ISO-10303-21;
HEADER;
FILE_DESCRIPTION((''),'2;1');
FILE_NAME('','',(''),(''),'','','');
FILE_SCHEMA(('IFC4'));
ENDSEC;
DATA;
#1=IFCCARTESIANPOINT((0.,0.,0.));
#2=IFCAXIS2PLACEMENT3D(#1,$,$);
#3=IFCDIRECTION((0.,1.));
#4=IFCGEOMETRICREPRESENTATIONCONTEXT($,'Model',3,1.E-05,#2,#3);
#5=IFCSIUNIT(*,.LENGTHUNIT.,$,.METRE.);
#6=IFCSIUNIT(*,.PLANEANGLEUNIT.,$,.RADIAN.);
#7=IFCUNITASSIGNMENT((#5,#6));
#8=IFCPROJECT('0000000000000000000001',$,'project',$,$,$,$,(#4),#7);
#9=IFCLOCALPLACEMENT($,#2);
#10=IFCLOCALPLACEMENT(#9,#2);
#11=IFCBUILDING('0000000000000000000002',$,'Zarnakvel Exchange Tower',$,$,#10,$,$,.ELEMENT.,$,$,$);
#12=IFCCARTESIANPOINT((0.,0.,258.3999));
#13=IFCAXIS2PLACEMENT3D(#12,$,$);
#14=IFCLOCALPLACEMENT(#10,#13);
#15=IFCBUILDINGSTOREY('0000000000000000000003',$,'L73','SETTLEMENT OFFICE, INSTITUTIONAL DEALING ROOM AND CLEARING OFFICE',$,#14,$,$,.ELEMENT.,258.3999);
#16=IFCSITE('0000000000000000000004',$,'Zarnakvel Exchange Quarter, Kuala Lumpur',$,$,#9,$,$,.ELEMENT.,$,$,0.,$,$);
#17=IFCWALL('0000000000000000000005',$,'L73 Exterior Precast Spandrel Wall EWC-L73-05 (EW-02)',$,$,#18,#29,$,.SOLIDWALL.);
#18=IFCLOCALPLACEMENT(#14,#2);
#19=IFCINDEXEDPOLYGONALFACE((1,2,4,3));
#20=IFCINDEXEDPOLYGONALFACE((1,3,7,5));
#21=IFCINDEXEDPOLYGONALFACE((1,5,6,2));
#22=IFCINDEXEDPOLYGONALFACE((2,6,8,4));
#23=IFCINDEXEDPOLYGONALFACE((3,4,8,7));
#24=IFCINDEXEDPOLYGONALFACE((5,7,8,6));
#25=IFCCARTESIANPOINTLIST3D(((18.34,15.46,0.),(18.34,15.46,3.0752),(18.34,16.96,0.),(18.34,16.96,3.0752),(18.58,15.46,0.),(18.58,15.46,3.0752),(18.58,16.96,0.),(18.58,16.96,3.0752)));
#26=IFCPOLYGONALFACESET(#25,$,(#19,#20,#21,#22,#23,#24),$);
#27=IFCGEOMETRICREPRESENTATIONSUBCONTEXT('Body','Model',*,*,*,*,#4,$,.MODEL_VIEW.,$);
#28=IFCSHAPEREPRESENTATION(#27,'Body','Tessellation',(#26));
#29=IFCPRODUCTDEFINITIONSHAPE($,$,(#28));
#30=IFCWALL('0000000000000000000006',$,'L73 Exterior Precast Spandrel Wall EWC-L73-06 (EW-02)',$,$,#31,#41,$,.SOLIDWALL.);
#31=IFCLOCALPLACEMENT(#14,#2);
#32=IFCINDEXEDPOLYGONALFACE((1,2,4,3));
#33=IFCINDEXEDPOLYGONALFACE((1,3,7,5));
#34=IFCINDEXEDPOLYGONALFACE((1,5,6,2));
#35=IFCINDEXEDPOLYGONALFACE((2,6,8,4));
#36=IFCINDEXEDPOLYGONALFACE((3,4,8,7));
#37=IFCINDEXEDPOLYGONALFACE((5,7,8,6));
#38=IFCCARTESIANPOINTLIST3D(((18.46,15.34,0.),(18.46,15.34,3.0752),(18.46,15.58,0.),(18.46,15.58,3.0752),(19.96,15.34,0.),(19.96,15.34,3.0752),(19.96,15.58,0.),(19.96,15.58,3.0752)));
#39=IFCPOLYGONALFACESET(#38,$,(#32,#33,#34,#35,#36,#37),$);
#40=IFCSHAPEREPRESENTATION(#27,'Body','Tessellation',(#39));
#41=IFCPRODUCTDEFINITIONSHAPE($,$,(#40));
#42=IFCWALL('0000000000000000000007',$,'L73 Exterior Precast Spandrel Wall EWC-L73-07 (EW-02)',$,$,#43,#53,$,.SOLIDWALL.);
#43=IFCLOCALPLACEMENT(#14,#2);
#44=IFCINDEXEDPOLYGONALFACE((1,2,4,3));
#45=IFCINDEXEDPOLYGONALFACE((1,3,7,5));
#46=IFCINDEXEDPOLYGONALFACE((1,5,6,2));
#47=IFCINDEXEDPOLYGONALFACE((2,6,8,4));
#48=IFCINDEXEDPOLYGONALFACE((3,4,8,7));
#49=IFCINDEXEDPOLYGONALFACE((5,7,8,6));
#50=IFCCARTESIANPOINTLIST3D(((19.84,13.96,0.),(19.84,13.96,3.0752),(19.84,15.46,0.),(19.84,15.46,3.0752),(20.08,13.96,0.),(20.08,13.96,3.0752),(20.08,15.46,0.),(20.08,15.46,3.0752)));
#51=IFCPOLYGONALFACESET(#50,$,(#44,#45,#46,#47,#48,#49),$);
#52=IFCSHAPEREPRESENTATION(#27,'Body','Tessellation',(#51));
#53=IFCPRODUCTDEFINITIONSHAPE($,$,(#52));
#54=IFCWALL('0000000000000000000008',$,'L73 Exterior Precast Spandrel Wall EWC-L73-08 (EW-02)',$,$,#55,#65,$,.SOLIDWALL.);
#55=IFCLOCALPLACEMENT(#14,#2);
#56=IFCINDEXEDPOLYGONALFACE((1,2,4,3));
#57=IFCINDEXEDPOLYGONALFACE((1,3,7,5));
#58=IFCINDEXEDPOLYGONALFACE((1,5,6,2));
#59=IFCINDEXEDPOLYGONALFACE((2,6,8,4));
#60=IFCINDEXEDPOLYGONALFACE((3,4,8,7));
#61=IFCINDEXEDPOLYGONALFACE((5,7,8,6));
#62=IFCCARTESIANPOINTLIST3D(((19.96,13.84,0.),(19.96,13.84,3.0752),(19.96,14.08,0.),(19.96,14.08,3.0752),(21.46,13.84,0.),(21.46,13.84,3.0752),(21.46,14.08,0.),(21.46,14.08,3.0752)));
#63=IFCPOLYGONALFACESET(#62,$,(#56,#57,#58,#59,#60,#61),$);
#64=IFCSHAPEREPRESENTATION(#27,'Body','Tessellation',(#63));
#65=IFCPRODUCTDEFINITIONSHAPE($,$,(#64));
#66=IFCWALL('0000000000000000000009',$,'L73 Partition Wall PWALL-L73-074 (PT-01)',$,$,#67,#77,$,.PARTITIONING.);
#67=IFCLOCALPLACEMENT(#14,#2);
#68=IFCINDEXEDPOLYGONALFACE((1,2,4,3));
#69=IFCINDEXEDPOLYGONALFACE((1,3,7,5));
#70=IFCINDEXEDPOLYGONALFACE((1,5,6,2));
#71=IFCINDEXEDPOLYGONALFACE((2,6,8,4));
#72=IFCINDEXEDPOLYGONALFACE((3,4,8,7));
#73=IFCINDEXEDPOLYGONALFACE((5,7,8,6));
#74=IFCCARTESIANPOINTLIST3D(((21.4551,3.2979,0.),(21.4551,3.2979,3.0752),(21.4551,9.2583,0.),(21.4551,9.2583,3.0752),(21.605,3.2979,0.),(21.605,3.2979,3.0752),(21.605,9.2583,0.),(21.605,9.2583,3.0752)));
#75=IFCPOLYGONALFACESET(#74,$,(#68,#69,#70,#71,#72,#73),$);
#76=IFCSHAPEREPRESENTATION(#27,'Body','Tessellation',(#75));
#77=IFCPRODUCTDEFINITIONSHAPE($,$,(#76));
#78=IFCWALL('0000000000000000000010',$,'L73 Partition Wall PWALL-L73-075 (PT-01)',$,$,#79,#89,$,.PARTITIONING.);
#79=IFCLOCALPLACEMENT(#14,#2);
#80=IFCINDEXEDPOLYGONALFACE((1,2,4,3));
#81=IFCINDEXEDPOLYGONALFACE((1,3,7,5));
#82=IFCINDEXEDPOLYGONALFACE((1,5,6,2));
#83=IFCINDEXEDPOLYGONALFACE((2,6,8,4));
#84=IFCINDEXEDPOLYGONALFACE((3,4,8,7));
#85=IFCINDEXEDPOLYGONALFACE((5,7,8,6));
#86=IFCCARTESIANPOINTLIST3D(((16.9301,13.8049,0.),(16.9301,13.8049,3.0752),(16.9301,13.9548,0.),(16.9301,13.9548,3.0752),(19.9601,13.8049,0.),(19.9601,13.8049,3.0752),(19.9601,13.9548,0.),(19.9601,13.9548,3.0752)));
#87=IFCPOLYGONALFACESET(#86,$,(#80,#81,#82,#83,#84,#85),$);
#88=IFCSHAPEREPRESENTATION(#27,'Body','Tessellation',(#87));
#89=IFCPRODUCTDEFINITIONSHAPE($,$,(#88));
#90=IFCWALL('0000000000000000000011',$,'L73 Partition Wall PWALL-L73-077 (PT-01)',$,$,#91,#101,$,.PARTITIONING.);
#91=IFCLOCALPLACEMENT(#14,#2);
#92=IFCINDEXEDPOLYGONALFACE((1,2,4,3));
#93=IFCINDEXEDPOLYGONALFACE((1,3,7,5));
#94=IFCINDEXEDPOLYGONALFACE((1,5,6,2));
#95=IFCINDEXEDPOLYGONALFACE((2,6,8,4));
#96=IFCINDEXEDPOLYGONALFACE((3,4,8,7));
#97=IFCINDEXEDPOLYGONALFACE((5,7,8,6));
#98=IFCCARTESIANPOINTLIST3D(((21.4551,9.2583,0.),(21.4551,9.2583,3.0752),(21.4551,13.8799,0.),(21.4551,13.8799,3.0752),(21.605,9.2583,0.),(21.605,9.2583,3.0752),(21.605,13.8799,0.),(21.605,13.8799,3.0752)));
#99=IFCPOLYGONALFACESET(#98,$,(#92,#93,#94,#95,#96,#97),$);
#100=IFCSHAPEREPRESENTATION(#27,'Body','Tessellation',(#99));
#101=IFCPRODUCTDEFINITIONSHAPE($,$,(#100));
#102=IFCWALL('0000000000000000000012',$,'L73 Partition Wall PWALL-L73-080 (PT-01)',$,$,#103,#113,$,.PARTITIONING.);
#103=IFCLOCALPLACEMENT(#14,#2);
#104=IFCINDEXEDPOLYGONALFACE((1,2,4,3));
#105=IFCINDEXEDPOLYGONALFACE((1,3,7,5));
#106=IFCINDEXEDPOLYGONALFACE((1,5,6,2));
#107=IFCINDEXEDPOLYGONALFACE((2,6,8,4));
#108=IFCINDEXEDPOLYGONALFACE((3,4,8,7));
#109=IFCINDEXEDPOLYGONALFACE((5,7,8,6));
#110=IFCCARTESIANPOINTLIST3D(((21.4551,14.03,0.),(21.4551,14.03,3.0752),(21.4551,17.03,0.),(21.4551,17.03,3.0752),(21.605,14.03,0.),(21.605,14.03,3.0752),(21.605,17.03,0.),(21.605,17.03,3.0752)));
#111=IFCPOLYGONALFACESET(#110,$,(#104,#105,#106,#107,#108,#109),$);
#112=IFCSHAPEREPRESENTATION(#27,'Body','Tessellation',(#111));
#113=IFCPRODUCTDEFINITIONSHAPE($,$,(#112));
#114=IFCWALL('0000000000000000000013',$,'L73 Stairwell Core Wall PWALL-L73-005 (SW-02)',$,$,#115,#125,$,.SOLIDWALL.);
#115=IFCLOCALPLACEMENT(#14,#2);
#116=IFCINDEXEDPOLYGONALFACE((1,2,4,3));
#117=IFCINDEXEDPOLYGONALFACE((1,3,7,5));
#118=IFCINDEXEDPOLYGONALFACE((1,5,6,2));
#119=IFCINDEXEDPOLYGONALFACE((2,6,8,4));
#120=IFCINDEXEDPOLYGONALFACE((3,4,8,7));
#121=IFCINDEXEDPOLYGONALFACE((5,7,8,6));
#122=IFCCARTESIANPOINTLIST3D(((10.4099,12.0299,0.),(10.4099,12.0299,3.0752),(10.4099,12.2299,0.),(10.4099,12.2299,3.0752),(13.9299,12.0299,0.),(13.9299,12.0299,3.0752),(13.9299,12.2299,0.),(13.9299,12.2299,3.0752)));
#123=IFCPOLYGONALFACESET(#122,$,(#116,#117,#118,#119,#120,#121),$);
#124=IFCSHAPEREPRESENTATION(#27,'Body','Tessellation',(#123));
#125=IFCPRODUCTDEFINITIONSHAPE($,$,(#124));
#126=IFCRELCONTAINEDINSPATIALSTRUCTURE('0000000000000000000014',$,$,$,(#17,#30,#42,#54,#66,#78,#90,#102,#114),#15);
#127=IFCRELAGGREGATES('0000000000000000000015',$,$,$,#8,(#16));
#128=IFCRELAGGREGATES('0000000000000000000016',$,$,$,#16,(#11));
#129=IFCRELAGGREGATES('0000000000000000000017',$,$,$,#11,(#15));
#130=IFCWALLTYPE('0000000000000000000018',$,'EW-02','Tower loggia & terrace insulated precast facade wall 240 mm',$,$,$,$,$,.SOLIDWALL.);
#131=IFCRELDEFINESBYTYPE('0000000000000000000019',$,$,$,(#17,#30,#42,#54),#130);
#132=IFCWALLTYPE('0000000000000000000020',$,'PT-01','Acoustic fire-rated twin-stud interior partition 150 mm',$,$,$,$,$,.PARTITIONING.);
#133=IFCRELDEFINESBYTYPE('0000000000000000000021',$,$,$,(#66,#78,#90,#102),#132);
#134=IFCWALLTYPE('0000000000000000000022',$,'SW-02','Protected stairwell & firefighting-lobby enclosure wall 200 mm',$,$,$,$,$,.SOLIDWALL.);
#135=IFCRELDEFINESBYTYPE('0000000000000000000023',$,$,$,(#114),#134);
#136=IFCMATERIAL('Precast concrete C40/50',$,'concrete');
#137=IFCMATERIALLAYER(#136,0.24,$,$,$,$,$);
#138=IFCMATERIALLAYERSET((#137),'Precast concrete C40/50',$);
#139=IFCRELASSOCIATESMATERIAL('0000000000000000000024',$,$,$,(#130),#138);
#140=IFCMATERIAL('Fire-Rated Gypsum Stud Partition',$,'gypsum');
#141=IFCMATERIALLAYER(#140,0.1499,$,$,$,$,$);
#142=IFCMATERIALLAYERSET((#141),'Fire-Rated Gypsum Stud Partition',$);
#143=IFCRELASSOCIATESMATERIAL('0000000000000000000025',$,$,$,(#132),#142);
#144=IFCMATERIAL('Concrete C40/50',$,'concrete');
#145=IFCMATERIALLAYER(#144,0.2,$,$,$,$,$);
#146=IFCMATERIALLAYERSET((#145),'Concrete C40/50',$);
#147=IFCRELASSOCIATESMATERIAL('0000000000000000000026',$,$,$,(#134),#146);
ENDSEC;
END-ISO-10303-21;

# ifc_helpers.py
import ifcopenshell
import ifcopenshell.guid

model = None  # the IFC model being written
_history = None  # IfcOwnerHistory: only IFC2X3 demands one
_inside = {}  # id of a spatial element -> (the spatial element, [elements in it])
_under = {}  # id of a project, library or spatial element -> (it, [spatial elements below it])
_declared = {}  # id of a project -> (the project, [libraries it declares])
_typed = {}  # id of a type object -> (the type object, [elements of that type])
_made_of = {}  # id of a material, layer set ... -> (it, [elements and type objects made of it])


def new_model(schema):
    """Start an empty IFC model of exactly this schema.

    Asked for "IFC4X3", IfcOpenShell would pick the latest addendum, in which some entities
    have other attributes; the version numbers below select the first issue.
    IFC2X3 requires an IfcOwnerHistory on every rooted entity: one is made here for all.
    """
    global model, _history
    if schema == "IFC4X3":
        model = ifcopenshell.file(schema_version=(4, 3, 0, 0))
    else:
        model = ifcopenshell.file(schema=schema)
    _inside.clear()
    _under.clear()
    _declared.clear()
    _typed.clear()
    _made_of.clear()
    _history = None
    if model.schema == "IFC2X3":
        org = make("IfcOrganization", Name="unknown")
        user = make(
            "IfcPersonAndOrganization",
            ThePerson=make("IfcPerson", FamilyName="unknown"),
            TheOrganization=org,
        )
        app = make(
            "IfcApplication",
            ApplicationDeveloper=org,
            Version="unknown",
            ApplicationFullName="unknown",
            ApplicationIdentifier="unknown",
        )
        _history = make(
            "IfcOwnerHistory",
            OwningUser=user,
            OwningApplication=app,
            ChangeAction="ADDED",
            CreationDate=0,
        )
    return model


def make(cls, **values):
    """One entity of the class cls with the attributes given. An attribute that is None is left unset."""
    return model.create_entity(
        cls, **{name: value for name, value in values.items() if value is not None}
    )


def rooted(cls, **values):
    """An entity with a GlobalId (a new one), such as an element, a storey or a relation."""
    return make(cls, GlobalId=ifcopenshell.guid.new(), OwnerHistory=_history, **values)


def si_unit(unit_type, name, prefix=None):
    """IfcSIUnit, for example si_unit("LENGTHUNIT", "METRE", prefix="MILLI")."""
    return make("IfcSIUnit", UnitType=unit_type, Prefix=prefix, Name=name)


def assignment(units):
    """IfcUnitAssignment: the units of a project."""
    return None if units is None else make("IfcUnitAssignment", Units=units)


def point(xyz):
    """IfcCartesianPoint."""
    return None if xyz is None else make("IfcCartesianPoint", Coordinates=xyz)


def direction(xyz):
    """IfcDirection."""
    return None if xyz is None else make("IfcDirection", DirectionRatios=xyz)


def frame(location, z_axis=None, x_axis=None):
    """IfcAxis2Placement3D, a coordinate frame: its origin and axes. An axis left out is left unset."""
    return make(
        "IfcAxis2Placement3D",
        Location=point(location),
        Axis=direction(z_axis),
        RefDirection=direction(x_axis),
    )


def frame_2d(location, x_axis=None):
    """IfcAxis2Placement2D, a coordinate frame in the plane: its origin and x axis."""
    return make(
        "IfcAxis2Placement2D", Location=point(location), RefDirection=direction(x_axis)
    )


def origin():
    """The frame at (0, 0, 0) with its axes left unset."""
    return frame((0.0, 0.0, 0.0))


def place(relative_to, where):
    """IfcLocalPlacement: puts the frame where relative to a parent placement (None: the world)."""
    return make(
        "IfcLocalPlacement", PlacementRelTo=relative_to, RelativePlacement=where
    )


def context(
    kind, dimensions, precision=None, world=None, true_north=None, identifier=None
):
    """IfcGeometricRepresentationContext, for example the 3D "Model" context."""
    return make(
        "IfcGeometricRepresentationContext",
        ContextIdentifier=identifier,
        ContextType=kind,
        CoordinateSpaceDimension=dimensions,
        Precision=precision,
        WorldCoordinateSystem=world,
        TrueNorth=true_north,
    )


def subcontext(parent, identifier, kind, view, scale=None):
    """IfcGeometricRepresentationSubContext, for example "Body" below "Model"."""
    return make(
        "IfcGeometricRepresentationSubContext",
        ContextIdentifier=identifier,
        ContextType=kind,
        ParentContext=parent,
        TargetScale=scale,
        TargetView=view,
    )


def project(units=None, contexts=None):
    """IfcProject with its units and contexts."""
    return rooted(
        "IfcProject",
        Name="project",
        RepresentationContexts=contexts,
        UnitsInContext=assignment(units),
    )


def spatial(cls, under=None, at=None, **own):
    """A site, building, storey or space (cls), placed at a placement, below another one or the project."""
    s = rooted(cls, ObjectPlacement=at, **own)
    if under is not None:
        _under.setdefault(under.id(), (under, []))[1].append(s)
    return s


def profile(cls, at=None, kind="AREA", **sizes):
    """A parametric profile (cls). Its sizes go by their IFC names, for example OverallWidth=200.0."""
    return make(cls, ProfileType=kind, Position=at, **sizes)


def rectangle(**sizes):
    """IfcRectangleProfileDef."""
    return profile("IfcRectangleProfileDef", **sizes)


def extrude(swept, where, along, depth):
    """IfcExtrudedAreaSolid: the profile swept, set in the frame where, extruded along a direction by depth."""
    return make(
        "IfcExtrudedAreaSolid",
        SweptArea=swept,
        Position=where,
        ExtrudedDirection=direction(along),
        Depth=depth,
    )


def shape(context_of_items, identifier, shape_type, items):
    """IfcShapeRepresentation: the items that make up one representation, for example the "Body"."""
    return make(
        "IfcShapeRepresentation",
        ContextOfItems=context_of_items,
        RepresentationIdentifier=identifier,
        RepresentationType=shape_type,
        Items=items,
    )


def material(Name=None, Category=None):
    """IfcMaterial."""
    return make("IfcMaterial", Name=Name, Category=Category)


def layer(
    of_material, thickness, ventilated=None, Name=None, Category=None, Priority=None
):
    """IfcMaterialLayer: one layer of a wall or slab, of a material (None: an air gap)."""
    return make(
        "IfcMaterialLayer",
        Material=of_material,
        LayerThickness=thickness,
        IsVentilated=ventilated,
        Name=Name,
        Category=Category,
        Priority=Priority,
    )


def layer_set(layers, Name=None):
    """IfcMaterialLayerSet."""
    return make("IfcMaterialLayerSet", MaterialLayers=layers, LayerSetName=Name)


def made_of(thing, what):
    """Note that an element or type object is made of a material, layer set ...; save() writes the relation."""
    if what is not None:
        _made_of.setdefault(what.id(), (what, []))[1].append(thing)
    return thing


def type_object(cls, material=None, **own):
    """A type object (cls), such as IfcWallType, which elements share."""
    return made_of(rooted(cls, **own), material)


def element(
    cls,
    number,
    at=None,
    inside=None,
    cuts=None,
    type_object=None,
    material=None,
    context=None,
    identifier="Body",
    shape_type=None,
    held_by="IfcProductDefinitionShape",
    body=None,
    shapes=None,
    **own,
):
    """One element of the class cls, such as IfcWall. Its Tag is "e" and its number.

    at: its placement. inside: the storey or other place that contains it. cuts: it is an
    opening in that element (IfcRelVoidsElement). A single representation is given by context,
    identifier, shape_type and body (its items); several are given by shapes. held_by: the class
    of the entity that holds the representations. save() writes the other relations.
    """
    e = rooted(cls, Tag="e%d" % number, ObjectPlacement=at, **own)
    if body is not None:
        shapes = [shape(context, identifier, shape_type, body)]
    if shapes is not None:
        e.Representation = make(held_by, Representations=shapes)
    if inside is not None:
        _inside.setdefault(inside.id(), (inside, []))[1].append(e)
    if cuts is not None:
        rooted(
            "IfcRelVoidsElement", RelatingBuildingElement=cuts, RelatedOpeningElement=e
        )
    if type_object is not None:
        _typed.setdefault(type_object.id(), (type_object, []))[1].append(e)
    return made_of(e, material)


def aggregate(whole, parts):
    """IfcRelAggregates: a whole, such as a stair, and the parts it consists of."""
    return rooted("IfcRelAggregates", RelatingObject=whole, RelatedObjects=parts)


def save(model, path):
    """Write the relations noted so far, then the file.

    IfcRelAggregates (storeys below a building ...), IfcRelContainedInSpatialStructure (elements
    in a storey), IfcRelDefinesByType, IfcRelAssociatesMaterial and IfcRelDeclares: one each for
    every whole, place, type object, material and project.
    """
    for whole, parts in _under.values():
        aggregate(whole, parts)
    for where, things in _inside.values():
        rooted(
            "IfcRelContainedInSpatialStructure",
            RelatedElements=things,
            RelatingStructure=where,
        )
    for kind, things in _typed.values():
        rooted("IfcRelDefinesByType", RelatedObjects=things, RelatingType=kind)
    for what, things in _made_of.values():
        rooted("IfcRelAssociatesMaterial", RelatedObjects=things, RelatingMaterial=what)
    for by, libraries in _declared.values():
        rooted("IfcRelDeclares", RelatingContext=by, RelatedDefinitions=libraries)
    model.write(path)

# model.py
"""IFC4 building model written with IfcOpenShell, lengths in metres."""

from ifc_helpers import new_model, si_unit, direction, frame, frame_2d, origin, place, context, subcontext, project, spatial, rectangle, extrude, material, layer, layer_set, type_object, element, save


model = new_model("IFC4")

# Units and contexts
model_context = context("Model", 3, precision=1e-05, world=origin(), true_north=direction((0.0, 1.0)))
body_context = subcontext(model_context, "Body", "Model", "MODEL_VIEW")
ifc_project = project(units=[si_unit("LENGTHUNIT", "METRE"), si_unit("PLANEANGLEUNIT", "RADIAN")], contexts=[model_context])

# Site, building, storey
site_placement = place(None, origin())
site = spatial("IfcSite", under=ifc_project, at=site_placement, Name="Zarnakvel Exchange Quarter, Kuala Lumpur", CompositionType="ELEMENT", RefElevation=0.0)
building_placement = place(site_placement, origin())
building = spatial("IfcBuilding", under=site, at=building_placement, Name="Zarnakvel Exchange Tower", CompositionType="ELEMENT")
storey_placement = place(building_placement, frame((0.0, 0.0, 258.3999)))
storey = spatial("IfcBuildingStorey", under=building, at=storey_placement, Name="L73", Description="SETTLEMENT OFFICE, INSTITUTIONAL DEALING ROOM AND CLEARING OFFICE", CompositionType="ELEMENT", Elevation=258.3999)

# Walls
ifc_material_1 = material(Name="Precast concrete C40/50", Category="concrete")
ifc_layer_1 = layer(ifc_material_1, 0.24)
ifc_layer_set_1 = layer_set([ifc_layer_1], Name="Precast concrete C40/50")
wall_type_1 = type_object("IfcWallType", Name="EW-02", Description="Tower loggia & terrace insulated precast facade wall 240 mm", PredefinedType="SOLIDWALL", material=ifc_layer_set_1)
for number, where, z_axis, x_axis, name in (
    (1, (18.46, 15.46, 0.0), (0.0, 0.0, 1.0), (0.0, 1.0, 0.0), "L73 Exterior Precast Spandrel Wall EWC-L73-05 (EW-02)"),
    (2, (19.96, 15.46, 0.0), (0.0, 0.0, 1.0), (-1.0, 0.0, 0.0), "L73 Exterior Precast Spandrel Wall EWC-L73-06 (EW-02)"),
    (3, (19.96, 13.96, 0.0), (0.0, 0.0, 1.0), (0.0, 1.0, 0.0), "L73 Exterior Precast Spandrel Wall EWC-L73-07 (EW-02)"),
    (4, (21.46, 13.96, 0.0), (0.0, 0.0, 1.0), (-1.0, 0.0, 0.0), "L73 Exterior Precast Spandrel Wall EWC-L73-08 (EW-02)"),
):
    element("IfcWall", number, at=place(storey_placement, frame(where, z_axis=z_axis, x_axis=x_axis)), inside=storey, type_object=wall_type_1, Name=name, PredefinedType="SOLIDWALL", context=body_context, shape_type="SweptSolid", body=[
        extrude(rectangle(XDim=1.5, YDim=0.24, at=frame_2d((0.75, 0.0))), origin(), (0.0, 0.0, 1.0), 3.0752),
    ])
ifc_material_2 = material(Name="Fire-Rated Gypsum Stud Partition", Category="gypsum")
ifc_layer_2 = layer(ifc_material_2, 0.1499)
ifc_layer_set_2 = layer_set([ifc_layer_2], Name="Fire-Rated Gypsum Stud Partition")
wall_type_2 = type_object("IfcWallType", Name="PT-01", Description="Acoustic fire-rated twin-stud interior partition 150 mm", PredefinedType="PARTITIONING", material=ifc_layer_set_2)
wall_1_placement = place(storey_placement, frame((21.53, 9.2583, 0.0), z_axis=(0.0, 0.0, 1.0), x_axis=(0.0, -1.0, 0.0)))
element("IfcWall", 5, at=wall_1_placement, inside=storey, type_object=wall_type_2, Name="L73 Partition Wall PWALL-L73-074 (PT-01)", PredefinedType="PARTITIONING", context=body_context, shape_type="SweptSolid", body=[
    extrude(rectangle(XDim=5.9604, YDim=0.1499, at=frame_2d((2.9802, 0.0))), origin(), (0.0, 0.0, 1.0), 3.0752),
])
wall_2_placement = place(storey_placement, frame((16.9299, 13.8799, 0.0), z_axis=(0.0, 0.0, 1.0), x_axis=(1.0, 0.0, 0.0)))
element("IfcWall", 6, at=wall_2_placement, inside=storey, type_object=wall_type_2, Name="L73 Partition Wall PWALL-L73-075 (PT-01)", PredefinedType="PARTITIONING", context=body_context, shape_type="SweptSolid", body=[
    extrude(rectangle(XDim=3.03, YDim=0.1499, at=frame_2d((1.5151, 0.0))), origin(), (0.0, 0.0, 1.0), 3.0752),
])

# Walls
wall_3_placement = place(storey_placement, frame((21.53, 13.8799, 0.0), z_axis=(0.0, 0.0, 1.0), x_axis=(0.0, -1.0, 0.0)))
element("IfcWall", 7, at=wall_3_placement, inside=storey, type_object=wall_type_2, Name="L73 Partition Wall PWALL-L73-077 (PT-01)", PredefinedType="PARTITIONING", context=body_context, shape_type="SweptSolid", body=[
    extrude(rectangle(XDim=4.6216, YDim=0.1499, at=frame_2d((2.3108, 0.0))), origin(), (0.0, 0.0, 1.0), 3.0752),
])
wall_4_placement = place(storey_placement, frame((21.53, 17.03, 0.0), z_axis=(0.0, 0.0, 1.0), x_axis=(0.0, -1.0, 0.0)))
element("IfcWall", 8, at=wall_4_placement, inside=storey, type_object=wall_type_2, Name="L73 Partition Wall PWALL-L73-080 (PT-01)", PredefinedType="PARTITIONING", context=body_context, shape_type="SweptSolid", body=[
    extrude(rectangle(XDim=3.0, YDim=0.1499, at=frame_2d((1.5, 0.0))), origin(), (0.0, 0.0, 1.0), 3.0752),
])
ifc_material_3 = material(Name="Concrete C40/50", Category="concrete")
ifc_layer_3 = layer(ifc_material_3, 0.2)
ifc_layer_set_3 = layer_set([ifc_layer_3], Name="Concrete C40/50")
wall_type_3 = type_object("IfcWallType", Name="SW-02", Description="Protected stairwell & firefighting-lobby enclosure wall 200 mm", PredefinedType="SOLIDWALL", material=ifc_layer_set_3)
wall_5_placement = place(storey_placement, frame((10.4099, 12.1299, 0.0), z_axis=(0.0, 0.0, 1.0), x_axis=(1.0, 0.0, 0.0)))
element("IfcWall", 9, at=wall_5_placement, inside=storey, type_object=wall_type_3, Name="L73 Stairwell Core Wall PWALL-L73-005 (SW-02)", PredefinedType="SOLIDWALL", context=body_context, shape_type="SweptSolid", body=[
    extrude(rectangle(XDim=3.52, YDim=0.2, at=frame_2d((1.76, 0.0))), origin(), (0.0, 0.0, 1.0), 3.0752),
])

save(model, "model.ifc")
